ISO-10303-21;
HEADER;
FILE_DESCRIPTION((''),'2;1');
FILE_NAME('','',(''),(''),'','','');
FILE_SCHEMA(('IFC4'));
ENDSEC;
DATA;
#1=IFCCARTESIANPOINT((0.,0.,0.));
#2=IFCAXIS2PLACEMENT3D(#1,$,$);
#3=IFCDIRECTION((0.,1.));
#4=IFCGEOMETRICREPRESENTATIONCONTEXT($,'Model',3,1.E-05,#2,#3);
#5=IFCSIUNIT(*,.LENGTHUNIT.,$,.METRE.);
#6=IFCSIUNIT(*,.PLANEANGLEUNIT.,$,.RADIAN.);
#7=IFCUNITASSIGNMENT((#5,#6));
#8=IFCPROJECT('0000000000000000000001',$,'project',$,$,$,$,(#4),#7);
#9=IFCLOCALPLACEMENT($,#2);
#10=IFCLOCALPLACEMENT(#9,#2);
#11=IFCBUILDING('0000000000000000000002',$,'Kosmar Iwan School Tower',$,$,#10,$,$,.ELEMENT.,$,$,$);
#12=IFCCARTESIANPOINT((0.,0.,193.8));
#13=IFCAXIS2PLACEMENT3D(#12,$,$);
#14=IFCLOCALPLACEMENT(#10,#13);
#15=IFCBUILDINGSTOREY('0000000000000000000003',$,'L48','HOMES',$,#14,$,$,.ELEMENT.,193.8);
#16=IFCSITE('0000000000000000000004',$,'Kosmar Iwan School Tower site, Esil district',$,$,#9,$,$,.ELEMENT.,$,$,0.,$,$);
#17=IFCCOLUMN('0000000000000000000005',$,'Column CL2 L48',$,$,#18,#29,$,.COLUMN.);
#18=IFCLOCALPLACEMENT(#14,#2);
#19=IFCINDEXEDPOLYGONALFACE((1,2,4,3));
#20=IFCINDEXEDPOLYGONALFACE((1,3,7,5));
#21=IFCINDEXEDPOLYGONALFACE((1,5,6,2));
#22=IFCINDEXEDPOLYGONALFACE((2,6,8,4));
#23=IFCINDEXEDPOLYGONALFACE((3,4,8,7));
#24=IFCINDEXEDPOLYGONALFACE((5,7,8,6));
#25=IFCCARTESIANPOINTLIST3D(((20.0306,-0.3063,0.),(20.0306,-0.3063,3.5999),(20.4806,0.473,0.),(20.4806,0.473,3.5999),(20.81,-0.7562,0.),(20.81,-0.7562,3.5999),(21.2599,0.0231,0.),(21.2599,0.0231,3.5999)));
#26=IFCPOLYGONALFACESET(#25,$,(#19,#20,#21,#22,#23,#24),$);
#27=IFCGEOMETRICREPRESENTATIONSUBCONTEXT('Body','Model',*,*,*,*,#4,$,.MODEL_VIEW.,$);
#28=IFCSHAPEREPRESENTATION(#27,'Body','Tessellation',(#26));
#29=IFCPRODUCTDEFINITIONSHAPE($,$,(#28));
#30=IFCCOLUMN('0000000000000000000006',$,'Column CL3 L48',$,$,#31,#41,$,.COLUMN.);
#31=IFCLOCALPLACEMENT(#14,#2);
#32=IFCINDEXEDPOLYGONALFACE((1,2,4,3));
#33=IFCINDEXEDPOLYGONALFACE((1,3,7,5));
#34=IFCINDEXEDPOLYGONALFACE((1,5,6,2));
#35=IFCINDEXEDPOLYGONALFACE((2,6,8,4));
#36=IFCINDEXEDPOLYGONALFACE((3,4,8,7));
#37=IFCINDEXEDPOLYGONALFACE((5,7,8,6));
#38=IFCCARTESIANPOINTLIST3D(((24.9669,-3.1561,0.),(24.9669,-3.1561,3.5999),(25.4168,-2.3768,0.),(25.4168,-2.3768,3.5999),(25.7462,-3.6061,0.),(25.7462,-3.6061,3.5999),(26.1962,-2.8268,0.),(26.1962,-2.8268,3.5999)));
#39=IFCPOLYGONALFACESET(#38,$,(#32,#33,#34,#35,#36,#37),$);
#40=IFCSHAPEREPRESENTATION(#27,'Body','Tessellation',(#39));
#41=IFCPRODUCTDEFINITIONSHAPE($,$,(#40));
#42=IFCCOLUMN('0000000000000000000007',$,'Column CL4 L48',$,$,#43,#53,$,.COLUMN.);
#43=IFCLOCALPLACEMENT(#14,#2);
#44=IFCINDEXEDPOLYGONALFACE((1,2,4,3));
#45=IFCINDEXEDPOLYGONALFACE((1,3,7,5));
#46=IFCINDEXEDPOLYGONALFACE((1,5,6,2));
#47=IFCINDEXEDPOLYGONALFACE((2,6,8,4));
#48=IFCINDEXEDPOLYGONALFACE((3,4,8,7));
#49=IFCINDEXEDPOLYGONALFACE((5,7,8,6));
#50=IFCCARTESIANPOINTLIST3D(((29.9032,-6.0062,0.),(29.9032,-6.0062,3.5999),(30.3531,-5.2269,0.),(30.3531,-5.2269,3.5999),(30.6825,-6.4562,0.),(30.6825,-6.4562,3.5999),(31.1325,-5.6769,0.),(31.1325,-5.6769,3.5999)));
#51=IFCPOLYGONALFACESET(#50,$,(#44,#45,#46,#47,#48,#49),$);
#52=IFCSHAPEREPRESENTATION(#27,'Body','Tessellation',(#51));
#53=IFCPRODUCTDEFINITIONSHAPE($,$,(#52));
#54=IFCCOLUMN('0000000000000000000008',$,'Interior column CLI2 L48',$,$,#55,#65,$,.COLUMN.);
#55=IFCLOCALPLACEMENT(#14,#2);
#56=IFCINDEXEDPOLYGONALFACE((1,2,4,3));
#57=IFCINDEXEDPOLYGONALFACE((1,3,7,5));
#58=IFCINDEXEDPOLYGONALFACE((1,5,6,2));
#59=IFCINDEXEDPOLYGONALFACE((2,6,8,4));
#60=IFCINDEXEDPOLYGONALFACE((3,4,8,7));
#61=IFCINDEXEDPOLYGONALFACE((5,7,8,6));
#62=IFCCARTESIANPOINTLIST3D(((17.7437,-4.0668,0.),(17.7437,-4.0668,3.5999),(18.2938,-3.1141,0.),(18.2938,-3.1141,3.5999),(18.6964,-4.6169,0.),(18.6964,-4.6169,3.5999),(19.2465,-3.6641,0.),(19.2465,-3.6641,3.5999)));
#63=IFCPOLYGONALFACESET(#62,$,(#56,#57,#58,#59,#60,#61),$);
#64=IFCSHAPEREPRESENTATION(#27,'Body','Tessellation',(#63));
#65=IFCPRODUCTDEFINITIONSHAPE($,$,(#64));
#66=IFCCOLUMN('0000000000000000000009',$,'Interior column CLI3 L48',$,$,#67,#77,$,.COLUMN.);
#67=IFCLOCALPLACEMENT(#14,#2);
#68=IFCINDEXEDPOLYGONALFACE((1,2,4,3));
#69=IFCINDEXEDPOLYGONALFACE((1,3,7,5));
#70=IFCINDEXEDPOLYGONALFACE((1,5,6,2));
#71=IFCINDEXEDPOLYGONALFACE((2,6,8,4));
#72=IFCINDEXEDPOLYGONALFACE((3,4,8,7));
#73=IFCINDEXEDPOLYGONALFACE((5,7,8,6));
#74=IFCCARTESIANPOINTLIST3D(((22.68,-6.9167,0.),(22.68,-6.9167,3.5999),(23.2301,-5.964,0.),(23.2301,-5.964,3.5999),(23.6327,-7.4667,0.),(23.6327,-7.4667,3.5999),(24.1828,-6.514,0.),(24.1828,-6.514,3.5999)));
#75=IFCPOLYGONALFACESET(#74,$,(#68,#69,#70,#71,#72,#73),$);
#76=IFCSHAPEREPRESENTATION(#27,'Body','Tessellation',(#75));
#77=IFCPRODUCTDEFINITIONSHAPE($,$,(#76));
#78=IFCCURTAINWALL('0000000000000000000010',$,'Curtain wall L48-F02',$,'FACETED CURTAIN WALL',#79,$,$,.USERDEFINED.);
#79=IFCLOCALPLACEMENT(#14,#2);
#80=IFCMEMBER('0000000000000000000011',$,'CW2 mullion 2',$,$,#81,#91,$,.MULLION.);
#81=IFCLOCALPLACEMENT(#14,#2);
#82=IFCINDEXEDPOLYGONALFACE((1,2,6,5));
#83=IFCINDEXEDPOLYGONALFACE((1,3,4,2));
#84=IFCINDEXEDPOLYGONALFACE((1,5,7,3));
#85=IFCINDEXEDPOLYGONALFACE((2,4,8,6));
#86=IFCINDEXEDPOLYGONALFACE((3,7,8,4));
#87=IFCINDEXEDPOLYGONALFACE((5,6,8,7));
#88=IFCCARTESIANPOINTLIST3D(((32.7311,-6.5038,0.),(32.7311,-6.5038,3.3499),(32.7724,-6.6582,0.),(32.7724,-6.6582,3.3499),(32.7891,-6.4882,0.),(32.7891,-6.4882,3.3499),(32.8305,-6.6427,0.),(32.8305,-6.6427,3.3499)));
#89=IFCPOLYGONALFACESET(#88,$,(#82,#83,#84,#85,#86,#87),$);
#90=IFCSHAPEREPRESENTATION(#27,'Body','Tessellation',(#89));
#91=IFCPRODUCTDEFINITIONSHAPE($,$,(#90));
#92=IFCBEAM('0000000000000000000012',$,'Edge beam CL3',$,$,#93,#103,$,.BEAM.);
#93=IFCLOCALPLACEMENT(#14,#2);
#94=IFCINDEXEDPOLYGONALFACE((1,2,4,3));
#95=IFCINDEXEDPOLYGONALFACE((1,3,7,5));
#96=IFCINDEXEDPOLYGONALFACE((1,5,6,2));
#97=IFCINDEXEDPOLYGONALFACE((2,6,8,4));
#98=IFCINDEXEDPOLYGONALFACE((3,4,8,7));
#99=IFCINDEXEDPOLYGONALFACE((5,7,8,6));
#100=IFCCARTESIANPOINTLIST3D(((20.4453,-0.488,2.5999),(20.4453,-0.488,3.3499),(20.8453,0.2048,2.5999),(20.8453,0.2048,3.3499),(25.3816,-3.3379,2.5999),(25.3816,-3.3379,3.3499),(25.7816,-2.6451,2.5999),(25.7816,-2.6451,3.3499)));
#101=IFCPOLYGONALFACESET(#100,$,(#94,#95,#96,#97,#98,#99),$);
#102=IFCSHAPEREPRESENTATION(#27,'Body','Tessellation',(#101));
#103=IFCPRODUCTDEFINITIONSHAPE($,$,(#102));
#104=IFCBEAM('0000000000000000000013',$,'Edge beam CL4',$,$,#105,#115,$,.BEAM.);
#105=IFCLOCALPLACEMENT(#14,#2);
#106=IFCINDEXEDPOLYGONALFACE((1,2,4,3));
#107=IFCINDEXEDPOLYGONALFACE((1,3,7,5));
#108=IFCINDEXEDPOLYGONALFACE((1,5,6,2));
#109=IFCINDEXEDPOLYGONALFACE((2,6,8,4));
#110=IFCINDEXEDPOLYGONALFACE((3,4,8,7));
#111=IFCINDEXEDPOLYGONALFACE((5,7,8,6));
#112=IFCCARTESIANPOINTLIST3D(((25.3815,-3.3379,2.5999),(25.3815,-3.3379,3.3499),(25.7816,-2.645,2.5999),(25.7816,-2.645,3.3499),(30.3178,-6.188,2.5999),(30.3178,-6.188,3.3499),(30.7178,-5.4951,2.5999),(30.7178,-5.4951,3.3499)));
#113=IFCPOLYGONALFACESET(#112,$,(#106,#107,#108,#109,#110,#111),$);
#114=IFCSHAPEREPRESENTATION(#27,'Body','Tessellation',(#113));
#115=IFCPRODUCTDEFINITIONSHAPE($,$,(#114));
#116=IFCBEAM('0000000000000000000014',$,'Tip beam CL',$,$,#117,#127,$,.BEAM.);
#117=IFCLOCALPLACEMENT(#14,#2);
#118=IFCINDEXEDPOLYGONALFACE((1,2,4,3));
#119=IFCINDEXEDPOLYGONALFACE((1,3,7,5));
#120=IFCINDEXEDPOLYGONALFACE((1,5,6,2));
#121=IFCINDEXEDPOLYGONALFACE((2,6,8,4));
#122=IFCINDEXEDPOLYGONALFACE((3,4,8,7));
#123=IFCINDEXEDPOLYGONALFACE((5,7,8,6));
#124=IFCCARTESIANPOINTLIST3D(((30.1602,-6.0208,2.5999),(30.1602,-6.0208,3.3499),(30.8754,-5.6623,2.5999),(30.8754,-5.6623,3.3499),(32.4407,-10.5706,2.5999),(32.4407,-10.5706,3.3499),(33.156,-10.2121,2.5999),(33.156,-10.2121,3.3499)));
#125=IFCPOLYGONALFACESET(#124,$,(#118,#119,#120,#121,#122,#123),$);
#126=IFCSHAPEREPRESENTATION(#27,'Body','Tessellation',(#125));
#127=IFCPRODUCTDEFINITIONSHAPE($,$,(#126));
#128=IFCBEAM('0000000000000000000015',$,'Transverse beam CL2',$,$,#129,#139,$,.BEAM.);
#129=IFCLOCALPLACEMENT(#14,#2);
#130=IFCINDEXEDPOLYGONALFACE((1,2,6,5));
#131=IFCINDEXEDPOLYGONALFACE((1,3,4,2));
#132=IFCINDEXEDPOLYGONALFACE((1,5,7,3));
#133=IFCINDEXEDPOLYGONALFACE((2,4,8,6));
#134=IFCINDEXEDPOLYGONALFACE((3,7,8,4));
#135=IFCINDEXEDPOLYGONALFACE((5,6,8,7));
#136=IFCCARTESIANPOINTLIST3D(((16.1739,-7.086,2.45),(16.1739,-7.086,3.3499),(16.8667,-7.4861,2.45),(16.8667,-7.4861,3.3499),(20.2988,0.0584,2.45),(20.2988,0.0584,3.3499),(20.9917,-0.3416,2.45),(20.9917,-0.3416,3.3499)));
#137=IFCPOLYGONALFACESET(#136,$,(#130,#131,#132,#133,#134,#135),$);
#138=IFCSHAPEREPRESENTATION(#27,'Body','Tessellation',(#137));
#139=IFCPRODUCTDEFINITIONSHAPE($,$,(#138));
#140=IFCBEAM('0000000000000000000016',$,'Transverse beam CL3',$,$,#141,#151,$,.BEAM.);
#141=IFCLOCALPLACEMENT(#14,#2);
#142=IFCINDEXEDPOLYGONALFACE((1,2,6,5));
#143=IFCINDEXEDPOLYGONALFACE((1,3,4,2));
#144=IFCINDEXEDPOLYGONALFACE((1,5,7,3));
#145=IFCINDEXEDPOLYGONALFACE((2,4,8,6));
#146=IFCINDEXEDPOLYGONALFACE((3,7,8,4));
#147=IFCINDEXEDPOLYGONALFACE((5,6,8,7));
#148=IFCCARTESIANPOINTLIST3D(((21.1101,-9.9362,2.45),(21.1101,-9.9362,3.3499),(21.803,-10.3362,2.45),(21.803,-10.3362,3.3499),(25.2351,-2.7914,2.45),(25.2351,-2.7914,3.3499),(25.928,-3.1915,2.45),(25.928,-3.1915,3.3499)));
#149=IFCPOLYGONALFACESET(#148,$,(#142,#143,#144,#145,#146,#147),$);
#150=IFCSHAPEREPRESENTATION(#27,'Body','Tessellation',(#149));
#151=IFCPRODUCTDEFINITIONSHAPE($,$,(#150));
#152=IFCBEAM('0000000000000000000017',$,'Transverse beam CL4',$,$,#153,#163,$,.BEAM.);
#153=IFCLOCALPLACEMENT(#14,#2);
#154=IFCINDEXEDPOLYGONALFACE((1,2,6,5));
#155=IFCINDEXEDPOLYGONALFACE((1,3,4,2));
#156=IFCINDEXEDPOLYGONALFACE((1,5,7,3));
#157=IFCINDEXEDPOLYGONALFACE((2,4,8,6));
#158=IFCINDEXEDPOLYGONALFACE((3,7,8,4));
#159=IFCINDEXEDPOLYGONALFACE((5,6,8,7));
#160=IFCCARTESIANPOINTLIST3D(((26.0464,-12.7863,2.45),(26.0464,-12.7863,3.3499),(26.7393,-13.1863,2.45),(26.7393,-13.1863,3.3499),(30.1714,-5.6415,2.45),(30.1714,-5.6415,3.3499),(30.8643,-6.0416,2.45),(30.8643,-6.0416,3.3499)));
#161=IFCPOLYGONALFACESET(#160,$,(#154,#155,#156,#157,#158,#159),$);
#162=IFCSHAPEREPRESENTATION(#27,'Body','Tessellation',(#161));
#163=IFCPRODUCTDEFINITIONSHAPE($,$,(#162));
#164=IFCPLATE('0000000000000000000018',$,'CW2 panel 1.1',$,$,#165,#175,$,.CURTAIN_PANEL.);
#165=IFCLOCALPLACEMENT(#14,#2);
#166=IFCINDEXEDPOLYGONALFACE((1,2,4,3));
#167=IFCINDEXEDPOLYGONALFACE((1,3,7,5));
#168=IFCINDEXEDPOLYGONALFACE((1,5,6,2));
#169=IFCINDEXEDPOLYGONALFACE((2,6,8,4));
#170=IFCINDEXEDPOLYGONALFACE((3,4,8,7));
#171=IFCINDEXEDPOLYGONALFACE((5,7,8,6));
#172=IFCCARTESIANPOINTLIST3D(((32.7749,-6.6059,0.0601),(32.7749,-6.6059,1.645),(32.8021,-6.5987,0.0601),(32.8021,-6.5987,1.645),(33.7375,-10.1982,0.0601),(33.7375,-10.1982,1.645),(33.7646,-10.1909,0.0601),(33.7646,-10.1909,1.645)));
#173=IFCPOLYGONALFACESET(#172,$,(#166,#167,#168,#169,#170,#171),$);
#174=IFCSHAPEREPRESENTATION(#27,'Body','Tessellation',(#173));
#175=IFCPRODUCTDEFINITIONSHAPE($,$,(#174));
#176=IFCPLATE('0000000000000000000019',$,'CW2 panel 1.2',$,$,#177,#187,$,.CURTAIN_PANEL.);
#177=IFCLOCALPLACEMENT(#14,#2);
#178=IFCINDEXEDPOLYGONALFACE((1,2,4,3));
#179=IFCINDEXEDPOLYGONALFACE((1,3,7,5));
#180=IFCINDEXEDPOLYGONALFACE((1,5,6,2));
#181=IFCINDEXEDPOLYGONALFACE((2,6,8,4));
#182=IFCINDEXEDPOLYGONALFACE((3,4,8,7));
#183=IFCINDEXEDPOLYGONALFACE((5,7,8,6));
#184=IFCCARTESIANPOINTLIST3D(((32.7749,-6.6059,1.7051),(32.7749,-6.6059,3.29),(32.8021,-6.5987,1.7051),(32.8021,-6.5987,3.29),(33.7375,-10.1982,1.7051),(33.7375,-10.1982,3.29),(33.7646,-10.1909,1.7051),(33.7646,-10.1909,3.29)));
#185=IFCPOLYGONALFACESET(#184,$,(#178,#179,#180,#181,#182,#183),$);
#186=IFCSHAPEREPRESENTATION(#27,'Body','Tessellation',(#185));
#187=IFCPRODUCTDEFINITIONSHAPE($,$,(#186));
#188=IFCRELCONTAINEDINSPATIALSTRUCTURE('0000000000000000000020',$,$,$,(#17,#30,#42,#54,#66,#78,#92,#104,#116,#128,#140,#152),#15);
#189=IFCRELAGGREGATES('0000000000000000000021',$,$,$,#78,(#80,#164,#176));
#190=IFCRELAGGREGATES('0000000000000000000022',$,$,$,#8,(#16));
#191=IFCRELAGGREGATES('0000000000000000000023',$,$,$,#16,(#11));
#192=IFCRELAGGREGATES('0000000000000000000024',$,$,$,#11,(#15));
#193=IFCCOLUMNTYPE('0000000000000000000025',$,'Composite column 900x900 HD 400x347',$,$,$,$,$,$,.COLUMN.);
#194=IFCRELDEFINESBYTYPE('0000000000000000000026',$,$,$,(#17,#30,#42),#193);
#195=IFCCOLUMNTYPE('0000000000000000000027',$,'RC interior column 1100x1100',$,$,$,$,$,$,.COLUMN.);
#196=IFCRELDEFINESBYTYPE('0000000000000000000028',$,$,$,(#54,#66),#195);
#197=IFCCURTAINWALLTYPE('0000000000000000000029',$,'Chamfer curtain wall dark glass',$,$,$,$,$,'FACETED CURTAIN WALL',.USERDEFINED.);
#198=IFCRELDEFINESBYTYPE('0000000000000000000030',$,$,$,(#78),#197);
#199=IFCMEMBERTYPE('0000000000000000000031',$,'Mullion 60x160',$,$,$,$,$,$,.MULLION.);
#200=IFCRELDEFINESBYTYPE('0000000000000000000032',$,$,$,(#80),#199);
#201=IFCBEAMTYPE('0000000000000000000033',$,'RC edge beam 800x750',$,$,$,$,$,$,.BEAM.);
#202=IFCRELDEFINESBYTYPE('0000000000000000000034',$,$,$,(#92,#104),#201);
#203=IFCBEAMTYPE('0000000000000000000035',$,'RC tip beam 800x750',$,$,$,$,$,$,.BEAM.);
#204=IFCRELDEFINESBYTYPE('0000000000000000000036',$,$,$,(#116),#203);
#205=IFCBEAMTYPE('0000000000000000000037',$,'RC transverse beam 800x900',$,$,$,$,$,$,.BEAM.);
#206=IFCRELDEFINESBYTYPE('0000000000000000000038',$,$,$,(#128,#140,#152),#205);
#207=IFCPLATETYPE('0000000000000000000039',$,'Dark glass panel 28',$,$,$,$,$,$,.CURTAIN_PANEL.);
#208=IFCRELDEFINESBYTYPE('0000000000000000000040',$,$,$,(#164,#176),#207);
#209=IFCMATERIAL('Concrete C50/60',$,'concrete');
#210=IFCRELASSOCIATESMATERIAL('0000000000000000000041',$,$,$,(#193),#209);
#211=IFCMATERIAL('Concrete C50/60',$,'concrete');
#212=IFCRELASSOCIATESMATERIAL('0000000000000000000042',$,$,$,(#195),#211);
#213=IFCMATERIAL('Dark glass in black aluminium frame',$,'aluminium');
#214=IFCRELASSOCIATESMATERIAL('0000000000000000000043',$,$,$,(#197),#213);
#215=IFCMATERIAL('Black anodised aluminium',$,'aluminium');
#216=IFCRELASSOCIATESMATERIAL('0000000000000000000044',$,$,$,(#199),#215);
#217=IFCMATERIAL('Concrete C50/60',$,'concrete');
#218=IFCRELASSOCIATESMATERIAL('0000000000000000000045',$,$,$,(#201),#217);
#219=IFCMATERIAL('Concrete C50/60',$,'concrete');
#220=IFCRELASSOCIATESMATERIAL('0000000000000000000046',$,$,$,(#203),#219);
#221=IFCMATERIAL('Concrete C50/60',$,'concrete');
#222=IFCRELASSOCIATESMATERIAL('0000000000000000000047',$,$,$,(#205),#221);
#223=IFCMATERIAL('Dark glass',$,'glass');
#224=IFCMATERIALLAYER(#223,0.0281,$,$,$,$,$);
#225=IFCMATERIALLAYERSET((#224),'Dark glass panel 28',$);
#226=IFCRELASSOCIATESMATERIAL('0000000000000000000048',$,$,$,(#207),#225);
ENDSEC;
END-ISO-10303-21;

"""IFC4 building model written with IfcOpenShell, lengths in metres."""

from ifc_helpers import new_model, si_unit, direction, frame, origin, origin_2d, place, context, subcontext, project, spatial, rectangle, extrude, material, layer, layer_set, material_profile, profile_set, type_object, element, aggregate, save


model = new_model("IFC4")

# Units and contexts
model_context = context("Model", 3, precision=1e-05, world=origin(), true_north=direction((0.0, 1.0)))
body_context = subcontext(model_context, "Body", "Model", "MODEL_VIEW")
ifc_project = project(units=[si_unit("LENGTHUNIT", "METRE"), si_unit("PLANEANGLEUNIT", "RADIAN")], contexts=[model_context])

# Site, building, storey
site_placement = place(None, origin())
site = spatial("IfcSite", under=ifc_project, at=site_placement, Name="Kosmar Iwan School Tower site, Esil district", CompositionType="ELEMENT", RefElevation=0.0)
building_placement = place(site_placement, origin())
building = spatial("IfcBuilding", under=site, at=building_placement, Name="Kosmar Iwan School Tower", CompositionType="ELEMENT")
storey_placement = place(building_placement, frame((0.0, 0.0, 193.8)))
storey = spatial("IfcBuildingStorey", under=building, at=storey_placement, Name="L48", Description="HOMES", CompositionType="ELEMENT", Elevation=193.8)

# Columns
ifc_material_1 = material(Name="Concrete C50/60", Category="concrete")
ifc_material_profile_1 = material_profile(ifc_material_1, rectangle(XDim=0.8999, YDim=0.8999, at=origin_2d()), Name="RC 900x900 + HD 400x347")
ifc_profile_set_1 = profile_set([ifc_material_profile_1], Name="Concrete C50/60")
column_type_1 = type_object("IfcColumnType", Name="Composite column 900x900 HD 400x347", PredefinedType="COLUMN", material=ifc_profile_set_1)
for number, where, z_axis, x_axis, name in (
    (1, (20.6453, -0.1416, 0.0), (0.0, 0.0, 1.0), (0.866025, -0.5, 0.0), "Column CL2 L48"),
    (2, (25.5815, -2.9915, 0.0), (0.0, 0.0, 1.0), (0.866025, -0.5, 0.0), "Column CL3 L48"),
    (3, (30.5178, -5.8416, 0.0), (0.0, 0.0, 1.0), (0.866025, -0.5, 0.0), "Column CL4 L48"),
):
    element("IfcColumn", number, at=place(storey_placement, frame(where, z_axis=z_axis, x_axis=x_axis)), inside=storey, type_object=column_type_1, Name=name, PredefinedType="COLUMN", context=body_context, shape_type="SweptSolid", body=[
        extrude(rectangle(XDim=0.8999, YDim=0.8999, at=origin_2d()), origin(), (0.0, 0.0, 1.0), 3.5999),
    ])
ifc_material_2 = material(Name="Concrete C50/60", Category="concrete")
ifc_material_profile_2 = material_profile(ifc_material_2, rectangle(XDim=1.1001, YDim=1.1001, at=origin_2d()), Name="RC 1100x1100")
ifc_profile_set_2 = profile_set([ifc_material_profile_2], Name="Concrete C50/60")
column_type_2 = type_object("IfcColumnType", Name="RC interior column 1100x1100", PredefinedType="COLUMN", material=ifc_profile_set_2)
for number, where, z_axis, x_axis, name in (
    (4, (18.4951, -3.8655, 0.0), (0.0, 0.0, 1.0), (0.866025, -0.5, 0.0), "Interior column CLI2 L48"),
    (5, (23.4314, -6.7153, 0.0), (0.0, 0.0, 1.0), (0.866025, -0.5, 0.0), "Interior column CLI3 L48"),
):
    element("IfcColumn", number, at=place(storey_placement, frame(where, z_axis=z_axis, x_axis=x_axis)), inside=storey, type_object=column_type_2, Name=name, PredefinedType="COLUMN", context=body_context, shape_type="SweptSolid", body=[
        extrude(rectangle(XDim=1.1001, YDim=1.1001, at=origin_2d()), origin(), (0.0, 0.0, 1.0), 3.5999),
    ])

# Curtain wall, member
ifc_material_3 = material(Name="Dark glass in black aluminium frame", Category="aluminium")
curtain_wall_type = type_object("IfcCurtainWallType", Name="Chamfer curtain wall dark glass", ElementType="FACETED CURTAIN WALL", PredefinedType="USERDEFINED", material=ifc_material_3)
curtain_wall_placement = place(storey_placement, origin())
curtain_wall = element("IfcCurtainWall", 6, at=curtain_wall_placement, inside=storey, type_object=curtain_wall_type, Name="Curtain wall L48-F02", ObjectType="FACETED CURTAIN WALL", PredefinedType="USERDEFINED")
ifc_material_4 = material(Name="Black anodised aluminium", Category="aluminium")
ifc_material_profile_3 = material_profile(ifc_material_4, rectangle(XDim=0.0601, YDim=0.1599, at=origin_2d()), Name="MULLION 60x160")
ifc_profile_set_3 = profile_set([ifc_material_profile_3], Name="Black anodised aluminium")
member_type = type_object("IfcMemberType", Name="Mullion 60x160", PredefinedType="MULLION", material=ifc_profile_set_3)
member_placement = place(storey_placement, frame((32.7808, -6.5732, 0.0), z_axis=(0.0, 0.0, 1.0), x_axis=(-0.965926, -0.258819, 0.0)))
member = element("IfcMember", 7, at=member_placement, type_object=member_type, Name="CW2 mullion 2", PredefinedType="MULLION", context=body_context, shape_type="SweptSolid", body=[
    extrude(rectangle(XDim=0.0601, YDim=0.1599, at=origin_2d()), origin(), (0.0, 0.0, 1.0), 3.3499),
])

# Beams
ifc_material_5 = material(Name="Concrete C50/60", Category="concrete")
ifc_material_profile_4 = material_profile(ifc_material_5, rectangle(XDim=0.8, YDim=0.75, at=origin_2d()), Name="RC 800x750")
ifc_profile_set_4 = profile_set([ifc_material_profile_4], Name="Concrete C50/60")
beam_type_1 = type_object("IfcBeamType", Name="RC edge beam 800x750", PredefinedType="BEAM", material=ifc_profile_set_4)
for number, where, z_axis, x_axis, name in (
    (8, (20.6453, -0.1416, 2.9749), (0.866034, -0.499986, 0.0), (0.499986, 0.866034, 0.0), "Edge beam CL3"),
    (9, (25.5815, -2.9915, 2.9749), (0.866015, -0.500018, 0.0), (0.500018, 0.866015, 0.0), "Edge beam CL4"),
):
    element("IfcBeam", number, at=place(storey_placement, frame(where, z_axis=z_axis, x_axis=x_axis)), inside=storey, type_object=beam_type_1, Name=name, PredefinedType="BEAM", context=body_context, shape_type="SweptSolid", body=[
        extrude(rectangle(XDim=0.8, YDim=0.75, at=origin_2d()), origin(), (0.0, 0.0, 1.0), 5.7),
    ])
ifc_material_6 = material(Name="Concrete C50/60", Category="concrete")
ifc_material_profile_5 = material_profile(ifc_material_6, rectangle(XDim=0.8, YDim=0.75, at=origin_2d()), Name="RC 800x750")
ifc_profile_set_5 = profile_set([ifc_material_profile_5], Name="Concrete C50/60")
beam_type_2 = type_object("IfcBeamType", Name="RC tip beam 800x750", PredefinedType="BEAM", material=ifc_profile_set_5)
beam_1_placement = place(storey_placement, frame((30.5178, -5.8416, 2.9749), z_axis=(0.448096, -0.893985, 0.0), x_axis=(0.893985, 0.448096, 0.0)))
element("IfcBeam", 10, at=beam_1_placement, inside=storey, type_object=beam_type_2, Name="Tip beam CL", PredefinedType="BEAM", context=body_context, shape_type="SweptSolid", body=[
    extrude(rectangle(XDim=0.8, YDim=0.75, at=origin_2d()), origin(), (0.0, 0.0, 1.0), 5.0894),
])
ifc_material_7 = material(Name="Concrete C50/60", Category="concrete")
ifc_material_profile_6 = material_profile(ifc_material_7, rectangle(XDim=0.8, YDim=0.8999, at=origin_2d()), Name="RC 800x900")
ifc_profile_set_6 = profile_set([ifc_material_profile_6], Name="Concrete C50/60")
beam_type_3 = type_object("IfcBeamType", Name="RC transverse beam 800x900", PredefinedType="BEAM", material=ifc_profile_set_6)
beam_2_placement = place(storey_placement, frame((20.6453, -0.1416, 2.8999), z_axis=(-0.500009, -0.86602, 0.0), x_axis=(0.86602, -0.500009, 0.0)))
element("IfcBeam", 11, at=beam_2_placement, inside=storey, type_object=beam_type_3, Name="Transverse beam CL2", PredefinedType="BEAM", context=body_context, shape_type="SweptSolid", body=[
    extrude(rectangle(XDim=0.8, YDim=0.8999, at=origin_2d()), origin(), (0.0, 0.0, 1.0), 8.2498),
])
for number, where, z_axis, x_axis, name in (
    (12, (25.5815, -2.9915, 2.8999), (-0.499997, -0.866027, 0.0), (0.866027, -0.499997, 0.0), "Transverse beam CL3"),
    (13, (30.5178, -5.8416, 2.8999), (-0.499997, -0.866027, 0.0), (0.866027, -0.499997, 0.0), "Transverse beam CL4"),
):
    element("IfcBeam", number, at=place(storey_placement, frame(where, z_axis=z_axis, x_axis=x_axis)), inside=storey, type_object=beam_type_3, Name=name, PredefinedType="BEAM", context=body_context, shape_type="SweptSolid", body=[
        extrude(rectangle(XDim=0.8, YDim=0.8999, at=origin_2d()), origin(), (0.0, 0.0, 1.0), 8.25),
    ])

# Plates
ifc_material_8 = material(Name="Dark glass", Category="glass")
ifc_layer_1 = layer(ifc_material_8, 0.0281)
ifc_layer_set_1 = layer_set([ifc_layer_1], Name="Dark glass panel 28")
plate_type = type_object("IfcPlateType", Name="Dark glass panel 28", PredefinedType="CURTAIN_PANEL", material=ifc_layer_set_1)
plate_1_placement = place(storey_placement, frame((33.2698, -8.3984, 0.0601), z_axis=(0.0, 0.0, 1.0), x_axis=(-0.258819, 0.965926, 0.0)))
plate_1 = element("IfcPlate", 14, at=plate_1_placement, type_object=plate_type, Name="CW2 panel 1.1", PredefinedType="CURTAIN_PANEL", context=body_context, shape_type="SweptSolid", body=[
    extrude(rectangle(XDim=3.719, YDim=0.0281, at=origin_2d()), origin(), (0.0, 0.0, 1.0), 1.585),
])
plate_2_placement = place(storey_placement, frame((33.2698, -8.3984, 1.7051), z_axis=(0.0, 0.0, 1.0), x_axis=(-0.258819, 0.965926, 0.0)))
plate_2 = element("IfcPlate", 15, at=plate_2_placement, type_object=plate_type, Name="CW2 panel 1.2", PredefinedType="CURTAIN_PANEL", context=body_context, shape_type="SweptSolid", body=[
    extrude(rectangle(XDim=3.719, YDim=0.0281, at=origin_2d()), origin(), (0.0, 0.0, 1.0), 1.585),
])
aggregate(curtain_wall, [member, plate_1, plate_2])

save(model, "model.ifc")
